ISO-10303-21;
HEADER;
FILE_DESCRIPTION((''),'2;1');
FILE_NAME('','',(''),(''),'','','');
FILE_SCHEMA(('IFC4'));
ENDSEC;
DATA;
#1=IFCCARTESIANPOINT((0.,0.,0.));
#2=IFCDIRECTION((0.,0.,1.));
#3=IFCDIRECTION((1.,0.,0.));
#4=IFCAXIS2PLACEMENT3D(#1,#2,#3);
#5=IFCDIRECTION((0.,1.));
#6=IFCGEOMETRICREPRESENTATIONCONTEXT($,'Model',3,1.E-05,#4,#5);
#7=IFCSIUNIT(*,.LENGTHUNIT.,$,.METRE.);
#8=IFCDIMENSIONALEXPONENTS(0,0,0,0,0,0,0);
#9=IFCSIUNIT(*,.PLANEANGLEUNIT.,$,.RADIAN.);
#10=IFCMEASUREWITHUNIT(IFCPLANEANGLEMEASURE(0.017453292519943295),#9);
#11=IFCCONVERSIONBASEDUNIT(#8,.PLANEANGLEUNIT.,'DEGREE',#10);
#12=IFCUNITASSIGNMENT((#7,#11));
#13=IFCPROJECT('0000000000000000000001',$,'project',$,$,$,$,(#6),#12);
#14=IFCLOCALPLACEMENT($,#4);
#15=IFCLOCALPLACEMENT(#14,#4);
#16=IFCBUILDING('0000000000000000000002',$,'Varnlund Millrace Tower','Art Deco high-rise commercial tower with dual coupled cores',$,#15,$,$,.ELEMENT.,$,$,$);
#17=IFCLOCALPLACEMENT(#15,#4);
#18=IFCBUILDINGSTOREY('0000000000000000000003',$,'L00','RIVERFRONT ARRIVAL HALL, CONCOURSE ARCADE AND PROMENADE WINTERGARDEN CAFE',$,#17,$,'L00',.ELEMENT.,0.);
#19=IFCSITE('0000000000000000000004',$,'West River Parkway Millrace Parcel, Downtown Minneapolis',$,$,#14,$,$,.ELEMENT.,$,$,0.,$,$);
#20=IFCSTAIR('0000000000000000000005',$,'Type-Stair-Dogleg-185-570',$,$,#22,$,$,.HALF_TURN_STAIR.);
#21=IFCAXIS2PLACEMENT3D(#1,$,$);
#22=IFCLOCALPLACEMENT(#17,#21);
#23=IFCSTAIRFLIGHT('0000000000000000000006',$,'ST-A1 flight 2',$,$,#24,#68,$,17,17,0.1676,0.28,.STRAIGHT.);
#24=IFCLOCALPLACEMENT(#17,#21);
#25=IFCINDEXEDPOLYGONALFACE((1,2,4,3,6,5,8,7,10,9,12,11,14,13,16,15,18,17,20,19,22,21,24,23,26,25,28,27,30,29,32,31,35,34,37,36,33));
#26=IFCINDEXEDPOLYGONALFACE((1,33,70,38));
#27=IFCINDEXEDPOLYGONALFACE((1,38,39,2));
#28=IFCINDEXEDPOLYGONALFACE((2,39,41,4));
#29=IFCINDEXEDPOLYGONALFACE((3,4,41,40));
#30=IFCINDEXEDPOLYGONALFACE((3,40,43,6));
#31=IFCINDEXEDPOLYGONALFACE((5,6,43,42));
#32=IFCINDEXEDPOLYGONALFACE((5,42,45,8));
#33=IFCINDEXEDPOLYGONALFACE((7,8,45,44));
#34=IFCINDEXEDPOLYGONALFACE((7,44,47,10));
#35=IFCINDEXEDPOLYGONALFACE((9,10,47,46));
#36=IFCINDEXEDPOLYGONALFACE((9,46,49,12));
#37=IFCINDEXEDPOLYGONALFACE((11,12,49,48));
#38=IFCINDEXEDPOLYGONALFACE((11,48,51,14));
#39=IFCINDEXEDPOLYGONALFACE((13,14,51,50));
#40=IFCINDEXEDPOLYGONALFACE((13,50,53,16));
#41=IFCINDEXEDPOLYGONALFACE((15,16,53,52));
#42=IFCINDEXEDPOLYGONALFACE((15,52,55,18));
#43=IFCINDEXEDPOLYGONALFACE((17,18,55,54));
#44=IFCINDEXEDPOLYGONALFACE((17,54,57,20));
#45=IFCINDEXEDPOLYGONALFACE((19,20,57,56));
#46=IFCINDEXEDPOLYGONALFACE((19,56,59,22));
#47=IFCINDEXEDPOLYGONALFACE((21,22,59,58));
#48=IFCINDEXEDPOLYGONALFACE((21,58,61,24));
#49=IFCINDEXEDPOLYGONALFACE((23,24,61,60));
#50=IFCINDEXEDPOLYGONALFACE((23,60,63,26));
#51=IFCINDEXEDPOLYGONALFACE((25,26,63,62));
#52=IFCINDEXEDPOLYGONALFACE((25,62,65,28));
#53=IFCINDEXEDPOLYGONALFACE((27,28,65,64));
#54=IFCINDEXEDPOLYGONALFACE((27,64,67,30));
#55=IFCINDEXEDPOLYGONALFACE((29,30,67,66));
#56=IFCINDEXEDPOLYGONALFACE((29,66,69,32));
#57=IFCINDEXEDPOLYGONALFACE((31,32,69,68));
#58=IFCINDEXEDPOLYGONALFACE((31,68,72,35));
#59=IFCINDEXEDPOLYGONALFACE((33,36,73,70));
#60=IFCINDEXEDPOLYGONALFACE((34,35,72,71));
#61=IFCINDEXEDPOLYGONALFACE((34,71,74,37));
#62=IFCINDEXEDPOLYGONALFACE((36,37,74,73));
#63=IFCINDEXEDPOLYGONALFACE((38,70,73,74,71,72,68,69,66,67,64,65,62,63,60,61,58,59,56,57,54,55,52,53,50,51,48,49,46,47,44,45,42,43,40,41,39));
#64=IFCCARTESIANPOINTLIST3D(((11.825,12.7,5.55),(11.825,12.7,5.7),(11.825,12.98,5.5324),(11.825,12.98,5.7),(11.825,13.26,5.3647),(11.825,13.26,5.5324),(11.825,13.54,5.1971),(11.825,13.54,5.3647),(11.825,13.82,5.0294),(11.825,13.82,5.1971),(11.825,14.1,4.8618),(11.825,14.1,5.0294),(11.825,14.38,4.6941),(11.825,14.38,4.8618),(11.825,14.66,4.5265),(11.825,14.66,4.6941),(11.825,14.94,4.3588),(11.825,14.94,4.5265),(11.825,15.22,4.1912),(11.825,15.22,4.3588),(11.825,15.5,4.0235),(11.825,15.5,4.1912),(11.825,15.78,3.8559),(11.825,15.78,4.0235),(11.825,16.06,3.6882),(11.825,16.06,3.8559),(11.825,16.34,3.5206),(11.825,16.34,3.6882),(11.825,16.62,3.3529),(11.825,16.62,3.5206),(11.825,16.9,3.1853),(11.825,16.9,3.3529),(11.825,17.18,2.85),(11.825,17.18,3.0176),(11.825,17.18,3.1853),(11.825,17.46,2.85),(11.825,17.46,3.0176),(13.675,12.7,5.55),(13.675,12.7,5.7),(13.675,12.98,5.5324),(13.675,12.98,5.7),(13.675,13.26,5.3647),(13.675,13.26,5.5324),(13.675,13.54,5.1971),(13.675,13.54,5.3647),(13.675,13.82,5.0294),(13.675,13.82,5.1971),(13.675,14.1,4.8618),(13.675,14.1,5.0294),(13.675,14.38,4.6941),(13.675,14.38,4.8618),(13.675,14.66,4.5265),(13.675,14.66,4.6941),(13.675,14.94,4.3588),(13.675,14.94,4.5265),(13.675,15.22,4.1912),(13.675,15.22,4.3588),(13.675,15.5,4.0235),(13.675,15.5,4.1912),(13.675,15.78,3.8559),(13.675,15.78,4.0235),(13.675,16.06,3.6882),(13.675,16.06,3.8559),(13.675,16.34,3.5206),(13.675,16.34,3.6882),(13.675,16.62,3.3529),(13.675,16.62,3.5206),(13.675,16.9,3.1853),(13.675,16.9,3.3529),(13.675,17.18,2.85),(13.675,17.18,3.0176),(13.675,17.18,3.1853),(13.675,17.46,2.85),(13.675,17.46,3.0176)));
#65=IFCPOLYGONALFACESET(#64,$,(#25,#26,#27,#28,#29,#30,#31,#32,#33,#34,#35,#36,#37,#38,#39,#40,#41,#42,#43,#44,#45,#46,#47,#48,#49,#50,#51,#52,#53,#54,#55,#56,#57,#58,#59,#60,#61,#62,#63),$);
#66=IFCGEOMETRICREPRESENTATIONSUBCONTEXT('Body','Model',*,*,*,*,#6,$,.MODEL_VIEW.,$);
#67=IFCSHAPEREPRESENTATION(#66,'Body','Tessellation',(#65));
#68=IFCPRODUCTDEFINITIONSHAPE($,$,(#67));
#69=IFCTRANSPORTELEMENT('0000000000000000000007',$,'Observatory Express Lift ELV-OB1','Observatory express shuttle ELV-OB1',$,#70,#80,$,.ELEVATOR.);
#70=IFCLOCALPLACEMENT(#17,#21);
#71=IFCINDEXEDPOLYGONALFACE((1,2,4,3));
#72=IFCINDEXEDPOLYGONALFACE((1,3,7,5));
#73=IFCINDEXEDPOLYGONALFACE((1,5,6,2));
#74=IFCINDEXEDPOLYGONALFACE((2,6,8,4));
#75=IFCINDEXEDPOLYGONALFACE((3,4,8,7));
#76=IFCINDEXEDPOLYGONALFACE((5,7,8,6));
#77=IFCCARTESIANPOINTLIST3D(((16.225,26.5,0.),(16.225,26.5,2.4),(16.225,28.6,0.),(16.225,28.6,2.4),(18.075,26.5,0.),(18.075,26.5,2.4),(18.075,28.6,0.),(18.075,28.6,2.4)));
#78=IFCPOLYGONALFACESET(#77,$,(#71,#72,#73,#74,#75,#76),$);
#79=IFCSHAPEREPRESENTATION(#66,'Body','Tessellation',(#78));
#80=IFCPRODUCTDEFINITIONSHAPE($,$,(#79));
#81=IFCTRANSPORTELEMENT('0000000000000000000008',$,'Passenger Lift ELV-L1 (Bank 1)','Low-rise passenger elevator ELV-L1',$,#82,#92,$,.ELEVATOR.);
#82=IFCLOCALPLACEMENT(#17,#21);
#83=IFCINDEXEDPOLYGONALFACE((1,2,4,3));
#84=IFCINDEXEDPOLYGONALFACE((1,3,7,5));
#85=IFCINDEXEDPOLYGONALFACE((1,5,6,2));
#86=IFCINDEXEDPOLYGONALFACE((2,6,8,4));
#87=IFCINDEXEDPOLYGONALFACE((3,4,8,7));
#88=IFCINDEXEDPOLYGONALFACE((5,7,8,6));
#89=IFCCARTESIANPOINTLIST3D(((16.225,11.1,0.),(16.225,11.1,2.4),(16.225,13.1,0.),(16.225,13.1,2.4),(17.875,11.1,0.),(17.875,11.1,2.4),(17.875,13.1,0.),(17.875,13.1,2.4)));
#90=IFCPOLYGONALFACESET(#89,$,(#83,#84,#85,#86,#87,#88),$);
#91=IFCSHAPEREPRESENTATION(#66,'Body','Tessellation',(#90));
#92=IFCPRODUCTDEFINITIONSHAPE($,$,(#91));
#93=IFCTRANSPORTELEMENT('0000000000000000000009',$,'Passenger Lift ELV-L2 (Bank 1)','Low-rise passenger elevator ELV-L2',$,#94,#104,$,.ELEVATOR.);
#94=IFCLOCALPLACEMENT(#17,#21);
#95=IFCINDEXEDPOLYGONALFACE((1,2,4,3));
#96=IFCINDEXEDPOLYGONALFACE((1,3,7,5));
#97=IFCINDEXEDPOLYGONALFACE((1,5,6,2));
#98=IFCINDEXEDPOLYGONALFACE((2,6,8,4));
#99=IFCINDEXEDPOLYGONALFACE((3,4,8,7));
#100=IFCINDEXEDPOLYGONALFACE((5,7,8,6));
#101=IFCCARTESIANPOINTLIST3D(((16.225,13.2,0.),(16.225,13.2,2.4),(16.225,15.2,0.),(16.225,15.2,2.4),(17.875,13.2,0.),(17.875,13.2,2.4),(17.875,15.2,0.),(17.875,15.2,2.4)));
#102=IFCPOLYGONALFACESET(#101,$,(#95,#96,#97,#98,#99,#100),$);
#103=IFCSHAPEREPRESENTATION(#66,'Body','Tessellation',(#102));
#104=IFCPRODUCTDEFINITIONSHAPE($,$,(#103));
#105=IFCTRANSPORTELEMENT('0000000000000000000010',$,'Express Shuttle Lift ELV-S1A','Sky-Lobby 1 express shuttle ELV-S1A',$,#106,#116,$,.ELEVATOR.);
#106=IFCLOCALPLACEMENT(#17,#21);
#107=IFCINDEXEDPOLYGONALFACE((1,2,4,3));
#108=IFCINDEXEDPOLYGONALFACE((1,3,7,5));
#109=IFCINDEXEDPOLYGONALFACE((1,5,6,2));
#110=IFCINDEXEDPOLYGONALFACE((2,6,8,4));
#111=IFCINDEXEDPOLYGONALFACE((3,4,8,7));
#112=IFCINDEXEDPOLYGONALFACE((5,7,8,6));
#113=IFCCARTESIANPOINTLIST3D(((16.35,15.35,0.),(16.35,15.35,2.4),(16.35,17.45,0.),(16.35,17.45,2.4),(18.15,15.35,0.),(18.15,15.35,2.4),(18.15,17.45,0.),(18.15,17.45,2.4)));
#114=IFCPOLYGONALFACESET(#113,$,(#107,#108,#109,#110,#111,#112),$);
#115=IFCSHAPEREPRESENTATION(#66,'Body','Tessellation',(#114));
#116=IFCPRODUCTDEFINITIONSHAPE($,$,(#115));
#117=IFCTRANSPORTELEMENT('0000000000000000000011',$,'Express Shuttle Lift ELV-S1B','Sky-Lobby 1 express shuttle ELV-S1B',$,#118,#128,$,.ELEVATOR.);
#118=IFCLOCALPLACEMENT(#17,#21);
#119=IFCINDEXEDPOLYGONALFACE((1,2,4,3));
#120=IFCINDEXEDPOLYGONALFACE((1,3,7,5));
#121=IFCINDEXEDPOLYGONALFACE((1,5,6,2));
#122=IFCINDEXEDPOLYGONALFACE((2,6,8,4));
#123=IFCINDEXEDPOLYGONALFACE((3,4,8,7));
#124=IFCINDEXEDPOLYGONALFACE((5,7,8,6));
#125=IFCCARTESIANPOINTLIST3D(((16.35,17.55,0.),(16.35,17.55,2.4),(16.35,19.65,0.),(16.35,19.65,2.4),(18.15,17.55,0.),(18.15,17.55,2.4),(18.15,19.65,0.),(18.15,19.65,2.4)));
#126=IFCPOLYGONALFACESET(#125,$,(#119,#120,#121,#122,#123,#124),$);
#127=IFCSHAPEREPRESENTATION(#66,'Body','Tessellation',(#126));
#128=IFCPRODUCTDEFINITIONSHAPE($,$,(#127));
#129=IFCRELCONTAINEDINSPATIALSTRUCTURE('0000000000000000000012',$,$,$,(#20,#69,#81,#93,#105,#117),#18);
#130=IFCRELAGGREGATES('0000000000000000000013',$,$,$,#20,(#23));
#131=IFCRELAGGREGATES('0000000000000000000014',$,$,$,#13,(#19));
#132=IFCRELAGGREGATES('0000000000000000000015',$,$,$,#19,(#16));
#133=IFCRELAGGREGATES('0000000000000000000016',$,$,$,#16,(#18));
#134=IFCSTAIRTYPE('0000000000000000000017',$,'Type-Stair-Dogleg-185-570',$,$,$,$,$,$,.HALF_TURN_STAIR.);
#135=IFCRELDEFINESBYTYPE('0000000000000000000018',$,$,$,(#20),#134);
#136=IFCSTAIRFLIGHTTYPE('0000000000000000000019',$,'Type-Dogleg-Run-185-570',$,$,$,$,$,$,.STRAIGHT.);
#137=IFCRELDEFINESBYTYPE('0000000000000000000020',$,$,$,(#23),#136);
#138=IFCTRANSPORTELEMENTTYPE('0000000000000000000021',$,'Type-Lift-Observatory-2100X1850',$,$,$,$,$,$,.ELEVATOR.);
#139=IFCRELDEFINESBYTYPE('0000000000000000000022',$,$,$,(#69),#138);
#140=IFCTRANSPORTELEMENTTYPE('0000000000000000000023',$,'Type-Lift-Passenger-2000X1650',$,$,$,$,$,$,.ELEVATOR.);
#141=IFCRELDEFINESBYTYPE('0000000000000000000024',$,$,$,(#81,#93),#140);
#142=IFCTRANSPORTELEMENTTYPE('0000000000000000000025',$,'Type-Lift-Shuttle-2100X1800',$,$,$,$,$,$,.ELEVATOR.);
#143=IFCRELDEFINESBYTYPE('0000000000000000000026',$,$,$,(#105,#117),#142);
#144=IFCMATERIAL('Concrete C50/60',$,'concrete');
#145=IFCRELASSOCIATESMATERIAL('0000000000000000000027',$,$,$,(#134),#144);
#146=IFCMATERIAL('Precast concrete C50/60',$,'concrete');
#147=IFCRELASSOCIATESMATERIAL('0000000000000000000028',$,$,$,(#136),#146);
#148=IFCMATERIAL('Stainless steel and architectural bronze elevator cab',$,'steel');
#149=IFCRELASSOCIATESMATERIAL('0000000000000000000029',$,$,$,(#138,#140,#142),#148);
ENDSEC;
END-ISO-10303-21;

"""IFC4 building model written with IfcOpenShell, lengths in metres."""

from ifc_helpers import new_model, entity, si_unit, converted_unit, direction, frame, origin_with_axes, origin_2d_with_axis, place, context, subcontext, project, spatial, polyline, rectangle, outline, extrude, material, type_object, element, aggregate, save


model = new_model("IFC4")

# Units and contexts
model_context = context("Model", 3, precision=1e-05, world=origin_with_axes(), true_north=direction((0.0, 1.0)))
body_context = subcontext(model_context, "Body", "Model", "MODEL_VIEW")
ifc_project = project(units=[si_unit("LENGTHUNIT", "METRE"), converted_unit("PLANEANGLEUNIT", "DEGREE", entity("IfcPlaneAngleMeasure", 0.017453292519943295), si_unit("PLANEANGLEUNIT", "RADIAN"), dimensions=[0, 0, 0, 0, 0, 0, 0])], contexts=[model_context])

# Site, building, storey
site_placement = place(None, origin_with_axes())
site = spatial("IfcSite", under=ifc_project, at=site_placement, Name="West River Parkway Millrace Parcel, Downtown Minneapolis", CompositionType="ELEMENT", RefElevation=0.0)
building_placement = place(site_placement, origin_with_axes())
building = spatial("IfcBuilding", under=site, at=building_placement, Name="Varnlund Millrace Tower", Description="Art Deco high-rise commercial tower with dual coupled cores", CompositionType="ELEMENT")
storey_placement = place(building_placement, origin_with_axes())
storey = spatial("IfcBuildingStorey", under=building, at=storey_placement, Name="L00", Description="RIVERFRONT ARRIVAL HALL, CONCOURSE ARCADE AND PROMENADE WINTERGARDEN CAFE", LongName="L00", CompositionType="ELEMENT", Elevation=0.0)

# Stair, stair flight
ifc_material_1 = material(Name="Concrete C50/60", Category="concrete")
stair_type = type_object("IfcStairType", Name="Type-Stair-Dogleg-185-570", PredefinedType="HALF_TURN_STAIR", material=ifc_material_1)
stair_placement = place(storey_placement, origin_with_axes())
stair = element("IfcStair", 1, at=stair_placement, inside=storey, type_object=stair_type, Name="Type-Stair-Dogleg-185-570", PredefinedType="HALF_TURN_STAIR")
ifc_material_2 = material(Name="Precast concrete C50/60", Category="concrete")
stair_flight_type = type_object("IfcStairFlightType", Name="Type-Dogleg-Run-185-570", PredefinedType="STRAIGHT", material=ifc_material_2)
stair_flight_1_placement = place(storey_placement, frame((13.675, 17.46, 2.85), z_axis=(-1.0, 0.0, 0.0), x_axis=(0.0, -1.0, 0.0)))
stair_flight_1 = element("IfcStairFlight", 2, at=stair_flight_1_placement, type_object=stair_flight_type, Name="ST-A1 flight 2", NumberOfRisers=17, NumberOfTreads=17, PredefinedType="STRAIGHT", RiserHeight=0.1676, TreadLength=0.28, context=body_context, shape_type="SweptSolid", body=[
    extrude(outline(polyline([(0.0, 0.0), (0.0, 0.1676), (0.28, 0.1676), (0.28, 0.3353), (0.56, 0.3353), (0.56, 0.5029), (0.84, 0.5029), (0.84, 0.6706), (1.12, 0.6706), (1.12, 0.8382), (1.4, 0.8382), (1.4, 1.0059), (1.68, 1.0059), (1.68, 1.1735), (1.96, 1.1735), (1.96, 1.3412), (2.24, 1.3412), (2.24, 1.5088), (2.52, 1.5088), (2.52, 1.6765), (2.8, 1.6765), (2.8, 1.8441), (3.08, 1.8441), (3.08, 2.0118), (3.36, 2.0118), (3.36, 2.1794), (3.64, 2.1794), (3.64, 2.3471), (3.92, 2.3471), (3.92, 2.5147), (4.2, 2.5147), (4.2, 2.6824), (4.48, 2.6824), (4.48, 2.85), (4.76, 2.85), (4.76, 2.7), (0.28, 0.0), (0.0, 0.0)])), origin_with_axes(), (0.0, 0.0, 1.0), 1.85),
])
aggregate(stair, [stair_flight_1])

# Transport elements
ifc_material_3 = material(Name="Stainless steel and architectural bronze elevator cab", Category="steel")
transport_element_type_1 = type_object("IfcTransportElementType", Name="Type-Lift-Observatory-2100X1850", PredefinedType="ELEVATOR", material=ifc_material_3)
transport_element_placement = place(storey_placement, frame((17.15, 27.55, 0.0), z_axis=(0.0, 0.0, 1.0), x_axis=(1.0, 0.0, 0.0)))
element("IfcTransportElement", 3, at=transport_element_placement, inside=storey, type_object=transport_element_type_1, Name="Observatory Express Lift ELV-OB1", Description="Observatory express shuttle ELV-OB1", PredefinedType="ELEVATOR", context=body_context, shape_type="SweptSolid", body=[
    extrude(rectangle(XDim=1.85, YDim=2.1, at=origin_2d_with_axis()), origin_with_axes(), (0.0, 0.0, 1.0), 2.4),
])
transport_element_type_2 = type_object("IfcTransportElementType", Name="Type-Lift-Passenger-2000X1650", PredefinedType="ELEVATOR", material=ifc_material_3)
for number, where, z_axis, x_axis, name, description in (
    (4, (17.05, 12.1, 0.0), (0.0, 0.0, 1.0), (1.0, 0.0, 0.0), "Passenger Lift ELV-L1 (Bank 1)", "Low-rise passenger elevator ELV-L1"),
    (5, (17.05, 14.2, 0.0), (0.0, 0.0, 1.0), (1.0, 0.0, 0.0), "Passenger Lift ELV-L2 (Bank 1)", "Low-rise passenger elevator ELV-L2"),
):
    element("IfcTransportElement", number, at=place(storey_placement, frame(where, z_axis=z_axis, x_axis=x_axis)), inside=storey, type_object=transport_element_type_2, Name=name, Description=description, PredefinedType="ELEVATOR", context=body_context, shape_type="SweptSolid", body=[
        extrude(rectangle(XDim=1.65, YDim=2.0, at=origin_2d_with_axis()), origin_with_axes(), (0.0, 0.0, 1.0), 2.4),
    ])
transport_element_type_3 = type_object("IfcTransportElementType", Name="Type-Lift-Shuttle-2100X1800", PredefinedType="ELEVATOR", material=ifc_material_3)
for number, where, z_axis, x_axis, name, description in (
    (6, (17.25, 16.4, 0.0), (0.0, 0.0, 1.0), (1.0, 0.0, 0.0), "Express Shuttle Lift ELV-S1A", "Sky-Lobby 1 express shuttle ELV-S1A"),
    (7, (17.25, 18.6, 0.0), (0.0, 0.0, 1.0), (1.0, 0.0, 0.0), "Express Shuttle Lift ELV-S1B", "Sky-Lobby 1 express shuttle ELV-S1B"),
):
    element("IfcTransportElement", number, at=place(storey_placement, frame(where, z_axis=z_axis, x_axis=x_axis)), inside=storey, type_object=transport_element_type_3, Name=name, Description=description, PredefinedType="ELEVATOR", context=body_context, shape_type="SweptSolid", body=[
        extrude(rectangle(XDim=1.8, YDim=2.1, at=origin_2d_with_axis()), origin_with_axes(), (0.0, 0.0, 1.0), 2.4),
    ])

save(model, "model.ifc")
